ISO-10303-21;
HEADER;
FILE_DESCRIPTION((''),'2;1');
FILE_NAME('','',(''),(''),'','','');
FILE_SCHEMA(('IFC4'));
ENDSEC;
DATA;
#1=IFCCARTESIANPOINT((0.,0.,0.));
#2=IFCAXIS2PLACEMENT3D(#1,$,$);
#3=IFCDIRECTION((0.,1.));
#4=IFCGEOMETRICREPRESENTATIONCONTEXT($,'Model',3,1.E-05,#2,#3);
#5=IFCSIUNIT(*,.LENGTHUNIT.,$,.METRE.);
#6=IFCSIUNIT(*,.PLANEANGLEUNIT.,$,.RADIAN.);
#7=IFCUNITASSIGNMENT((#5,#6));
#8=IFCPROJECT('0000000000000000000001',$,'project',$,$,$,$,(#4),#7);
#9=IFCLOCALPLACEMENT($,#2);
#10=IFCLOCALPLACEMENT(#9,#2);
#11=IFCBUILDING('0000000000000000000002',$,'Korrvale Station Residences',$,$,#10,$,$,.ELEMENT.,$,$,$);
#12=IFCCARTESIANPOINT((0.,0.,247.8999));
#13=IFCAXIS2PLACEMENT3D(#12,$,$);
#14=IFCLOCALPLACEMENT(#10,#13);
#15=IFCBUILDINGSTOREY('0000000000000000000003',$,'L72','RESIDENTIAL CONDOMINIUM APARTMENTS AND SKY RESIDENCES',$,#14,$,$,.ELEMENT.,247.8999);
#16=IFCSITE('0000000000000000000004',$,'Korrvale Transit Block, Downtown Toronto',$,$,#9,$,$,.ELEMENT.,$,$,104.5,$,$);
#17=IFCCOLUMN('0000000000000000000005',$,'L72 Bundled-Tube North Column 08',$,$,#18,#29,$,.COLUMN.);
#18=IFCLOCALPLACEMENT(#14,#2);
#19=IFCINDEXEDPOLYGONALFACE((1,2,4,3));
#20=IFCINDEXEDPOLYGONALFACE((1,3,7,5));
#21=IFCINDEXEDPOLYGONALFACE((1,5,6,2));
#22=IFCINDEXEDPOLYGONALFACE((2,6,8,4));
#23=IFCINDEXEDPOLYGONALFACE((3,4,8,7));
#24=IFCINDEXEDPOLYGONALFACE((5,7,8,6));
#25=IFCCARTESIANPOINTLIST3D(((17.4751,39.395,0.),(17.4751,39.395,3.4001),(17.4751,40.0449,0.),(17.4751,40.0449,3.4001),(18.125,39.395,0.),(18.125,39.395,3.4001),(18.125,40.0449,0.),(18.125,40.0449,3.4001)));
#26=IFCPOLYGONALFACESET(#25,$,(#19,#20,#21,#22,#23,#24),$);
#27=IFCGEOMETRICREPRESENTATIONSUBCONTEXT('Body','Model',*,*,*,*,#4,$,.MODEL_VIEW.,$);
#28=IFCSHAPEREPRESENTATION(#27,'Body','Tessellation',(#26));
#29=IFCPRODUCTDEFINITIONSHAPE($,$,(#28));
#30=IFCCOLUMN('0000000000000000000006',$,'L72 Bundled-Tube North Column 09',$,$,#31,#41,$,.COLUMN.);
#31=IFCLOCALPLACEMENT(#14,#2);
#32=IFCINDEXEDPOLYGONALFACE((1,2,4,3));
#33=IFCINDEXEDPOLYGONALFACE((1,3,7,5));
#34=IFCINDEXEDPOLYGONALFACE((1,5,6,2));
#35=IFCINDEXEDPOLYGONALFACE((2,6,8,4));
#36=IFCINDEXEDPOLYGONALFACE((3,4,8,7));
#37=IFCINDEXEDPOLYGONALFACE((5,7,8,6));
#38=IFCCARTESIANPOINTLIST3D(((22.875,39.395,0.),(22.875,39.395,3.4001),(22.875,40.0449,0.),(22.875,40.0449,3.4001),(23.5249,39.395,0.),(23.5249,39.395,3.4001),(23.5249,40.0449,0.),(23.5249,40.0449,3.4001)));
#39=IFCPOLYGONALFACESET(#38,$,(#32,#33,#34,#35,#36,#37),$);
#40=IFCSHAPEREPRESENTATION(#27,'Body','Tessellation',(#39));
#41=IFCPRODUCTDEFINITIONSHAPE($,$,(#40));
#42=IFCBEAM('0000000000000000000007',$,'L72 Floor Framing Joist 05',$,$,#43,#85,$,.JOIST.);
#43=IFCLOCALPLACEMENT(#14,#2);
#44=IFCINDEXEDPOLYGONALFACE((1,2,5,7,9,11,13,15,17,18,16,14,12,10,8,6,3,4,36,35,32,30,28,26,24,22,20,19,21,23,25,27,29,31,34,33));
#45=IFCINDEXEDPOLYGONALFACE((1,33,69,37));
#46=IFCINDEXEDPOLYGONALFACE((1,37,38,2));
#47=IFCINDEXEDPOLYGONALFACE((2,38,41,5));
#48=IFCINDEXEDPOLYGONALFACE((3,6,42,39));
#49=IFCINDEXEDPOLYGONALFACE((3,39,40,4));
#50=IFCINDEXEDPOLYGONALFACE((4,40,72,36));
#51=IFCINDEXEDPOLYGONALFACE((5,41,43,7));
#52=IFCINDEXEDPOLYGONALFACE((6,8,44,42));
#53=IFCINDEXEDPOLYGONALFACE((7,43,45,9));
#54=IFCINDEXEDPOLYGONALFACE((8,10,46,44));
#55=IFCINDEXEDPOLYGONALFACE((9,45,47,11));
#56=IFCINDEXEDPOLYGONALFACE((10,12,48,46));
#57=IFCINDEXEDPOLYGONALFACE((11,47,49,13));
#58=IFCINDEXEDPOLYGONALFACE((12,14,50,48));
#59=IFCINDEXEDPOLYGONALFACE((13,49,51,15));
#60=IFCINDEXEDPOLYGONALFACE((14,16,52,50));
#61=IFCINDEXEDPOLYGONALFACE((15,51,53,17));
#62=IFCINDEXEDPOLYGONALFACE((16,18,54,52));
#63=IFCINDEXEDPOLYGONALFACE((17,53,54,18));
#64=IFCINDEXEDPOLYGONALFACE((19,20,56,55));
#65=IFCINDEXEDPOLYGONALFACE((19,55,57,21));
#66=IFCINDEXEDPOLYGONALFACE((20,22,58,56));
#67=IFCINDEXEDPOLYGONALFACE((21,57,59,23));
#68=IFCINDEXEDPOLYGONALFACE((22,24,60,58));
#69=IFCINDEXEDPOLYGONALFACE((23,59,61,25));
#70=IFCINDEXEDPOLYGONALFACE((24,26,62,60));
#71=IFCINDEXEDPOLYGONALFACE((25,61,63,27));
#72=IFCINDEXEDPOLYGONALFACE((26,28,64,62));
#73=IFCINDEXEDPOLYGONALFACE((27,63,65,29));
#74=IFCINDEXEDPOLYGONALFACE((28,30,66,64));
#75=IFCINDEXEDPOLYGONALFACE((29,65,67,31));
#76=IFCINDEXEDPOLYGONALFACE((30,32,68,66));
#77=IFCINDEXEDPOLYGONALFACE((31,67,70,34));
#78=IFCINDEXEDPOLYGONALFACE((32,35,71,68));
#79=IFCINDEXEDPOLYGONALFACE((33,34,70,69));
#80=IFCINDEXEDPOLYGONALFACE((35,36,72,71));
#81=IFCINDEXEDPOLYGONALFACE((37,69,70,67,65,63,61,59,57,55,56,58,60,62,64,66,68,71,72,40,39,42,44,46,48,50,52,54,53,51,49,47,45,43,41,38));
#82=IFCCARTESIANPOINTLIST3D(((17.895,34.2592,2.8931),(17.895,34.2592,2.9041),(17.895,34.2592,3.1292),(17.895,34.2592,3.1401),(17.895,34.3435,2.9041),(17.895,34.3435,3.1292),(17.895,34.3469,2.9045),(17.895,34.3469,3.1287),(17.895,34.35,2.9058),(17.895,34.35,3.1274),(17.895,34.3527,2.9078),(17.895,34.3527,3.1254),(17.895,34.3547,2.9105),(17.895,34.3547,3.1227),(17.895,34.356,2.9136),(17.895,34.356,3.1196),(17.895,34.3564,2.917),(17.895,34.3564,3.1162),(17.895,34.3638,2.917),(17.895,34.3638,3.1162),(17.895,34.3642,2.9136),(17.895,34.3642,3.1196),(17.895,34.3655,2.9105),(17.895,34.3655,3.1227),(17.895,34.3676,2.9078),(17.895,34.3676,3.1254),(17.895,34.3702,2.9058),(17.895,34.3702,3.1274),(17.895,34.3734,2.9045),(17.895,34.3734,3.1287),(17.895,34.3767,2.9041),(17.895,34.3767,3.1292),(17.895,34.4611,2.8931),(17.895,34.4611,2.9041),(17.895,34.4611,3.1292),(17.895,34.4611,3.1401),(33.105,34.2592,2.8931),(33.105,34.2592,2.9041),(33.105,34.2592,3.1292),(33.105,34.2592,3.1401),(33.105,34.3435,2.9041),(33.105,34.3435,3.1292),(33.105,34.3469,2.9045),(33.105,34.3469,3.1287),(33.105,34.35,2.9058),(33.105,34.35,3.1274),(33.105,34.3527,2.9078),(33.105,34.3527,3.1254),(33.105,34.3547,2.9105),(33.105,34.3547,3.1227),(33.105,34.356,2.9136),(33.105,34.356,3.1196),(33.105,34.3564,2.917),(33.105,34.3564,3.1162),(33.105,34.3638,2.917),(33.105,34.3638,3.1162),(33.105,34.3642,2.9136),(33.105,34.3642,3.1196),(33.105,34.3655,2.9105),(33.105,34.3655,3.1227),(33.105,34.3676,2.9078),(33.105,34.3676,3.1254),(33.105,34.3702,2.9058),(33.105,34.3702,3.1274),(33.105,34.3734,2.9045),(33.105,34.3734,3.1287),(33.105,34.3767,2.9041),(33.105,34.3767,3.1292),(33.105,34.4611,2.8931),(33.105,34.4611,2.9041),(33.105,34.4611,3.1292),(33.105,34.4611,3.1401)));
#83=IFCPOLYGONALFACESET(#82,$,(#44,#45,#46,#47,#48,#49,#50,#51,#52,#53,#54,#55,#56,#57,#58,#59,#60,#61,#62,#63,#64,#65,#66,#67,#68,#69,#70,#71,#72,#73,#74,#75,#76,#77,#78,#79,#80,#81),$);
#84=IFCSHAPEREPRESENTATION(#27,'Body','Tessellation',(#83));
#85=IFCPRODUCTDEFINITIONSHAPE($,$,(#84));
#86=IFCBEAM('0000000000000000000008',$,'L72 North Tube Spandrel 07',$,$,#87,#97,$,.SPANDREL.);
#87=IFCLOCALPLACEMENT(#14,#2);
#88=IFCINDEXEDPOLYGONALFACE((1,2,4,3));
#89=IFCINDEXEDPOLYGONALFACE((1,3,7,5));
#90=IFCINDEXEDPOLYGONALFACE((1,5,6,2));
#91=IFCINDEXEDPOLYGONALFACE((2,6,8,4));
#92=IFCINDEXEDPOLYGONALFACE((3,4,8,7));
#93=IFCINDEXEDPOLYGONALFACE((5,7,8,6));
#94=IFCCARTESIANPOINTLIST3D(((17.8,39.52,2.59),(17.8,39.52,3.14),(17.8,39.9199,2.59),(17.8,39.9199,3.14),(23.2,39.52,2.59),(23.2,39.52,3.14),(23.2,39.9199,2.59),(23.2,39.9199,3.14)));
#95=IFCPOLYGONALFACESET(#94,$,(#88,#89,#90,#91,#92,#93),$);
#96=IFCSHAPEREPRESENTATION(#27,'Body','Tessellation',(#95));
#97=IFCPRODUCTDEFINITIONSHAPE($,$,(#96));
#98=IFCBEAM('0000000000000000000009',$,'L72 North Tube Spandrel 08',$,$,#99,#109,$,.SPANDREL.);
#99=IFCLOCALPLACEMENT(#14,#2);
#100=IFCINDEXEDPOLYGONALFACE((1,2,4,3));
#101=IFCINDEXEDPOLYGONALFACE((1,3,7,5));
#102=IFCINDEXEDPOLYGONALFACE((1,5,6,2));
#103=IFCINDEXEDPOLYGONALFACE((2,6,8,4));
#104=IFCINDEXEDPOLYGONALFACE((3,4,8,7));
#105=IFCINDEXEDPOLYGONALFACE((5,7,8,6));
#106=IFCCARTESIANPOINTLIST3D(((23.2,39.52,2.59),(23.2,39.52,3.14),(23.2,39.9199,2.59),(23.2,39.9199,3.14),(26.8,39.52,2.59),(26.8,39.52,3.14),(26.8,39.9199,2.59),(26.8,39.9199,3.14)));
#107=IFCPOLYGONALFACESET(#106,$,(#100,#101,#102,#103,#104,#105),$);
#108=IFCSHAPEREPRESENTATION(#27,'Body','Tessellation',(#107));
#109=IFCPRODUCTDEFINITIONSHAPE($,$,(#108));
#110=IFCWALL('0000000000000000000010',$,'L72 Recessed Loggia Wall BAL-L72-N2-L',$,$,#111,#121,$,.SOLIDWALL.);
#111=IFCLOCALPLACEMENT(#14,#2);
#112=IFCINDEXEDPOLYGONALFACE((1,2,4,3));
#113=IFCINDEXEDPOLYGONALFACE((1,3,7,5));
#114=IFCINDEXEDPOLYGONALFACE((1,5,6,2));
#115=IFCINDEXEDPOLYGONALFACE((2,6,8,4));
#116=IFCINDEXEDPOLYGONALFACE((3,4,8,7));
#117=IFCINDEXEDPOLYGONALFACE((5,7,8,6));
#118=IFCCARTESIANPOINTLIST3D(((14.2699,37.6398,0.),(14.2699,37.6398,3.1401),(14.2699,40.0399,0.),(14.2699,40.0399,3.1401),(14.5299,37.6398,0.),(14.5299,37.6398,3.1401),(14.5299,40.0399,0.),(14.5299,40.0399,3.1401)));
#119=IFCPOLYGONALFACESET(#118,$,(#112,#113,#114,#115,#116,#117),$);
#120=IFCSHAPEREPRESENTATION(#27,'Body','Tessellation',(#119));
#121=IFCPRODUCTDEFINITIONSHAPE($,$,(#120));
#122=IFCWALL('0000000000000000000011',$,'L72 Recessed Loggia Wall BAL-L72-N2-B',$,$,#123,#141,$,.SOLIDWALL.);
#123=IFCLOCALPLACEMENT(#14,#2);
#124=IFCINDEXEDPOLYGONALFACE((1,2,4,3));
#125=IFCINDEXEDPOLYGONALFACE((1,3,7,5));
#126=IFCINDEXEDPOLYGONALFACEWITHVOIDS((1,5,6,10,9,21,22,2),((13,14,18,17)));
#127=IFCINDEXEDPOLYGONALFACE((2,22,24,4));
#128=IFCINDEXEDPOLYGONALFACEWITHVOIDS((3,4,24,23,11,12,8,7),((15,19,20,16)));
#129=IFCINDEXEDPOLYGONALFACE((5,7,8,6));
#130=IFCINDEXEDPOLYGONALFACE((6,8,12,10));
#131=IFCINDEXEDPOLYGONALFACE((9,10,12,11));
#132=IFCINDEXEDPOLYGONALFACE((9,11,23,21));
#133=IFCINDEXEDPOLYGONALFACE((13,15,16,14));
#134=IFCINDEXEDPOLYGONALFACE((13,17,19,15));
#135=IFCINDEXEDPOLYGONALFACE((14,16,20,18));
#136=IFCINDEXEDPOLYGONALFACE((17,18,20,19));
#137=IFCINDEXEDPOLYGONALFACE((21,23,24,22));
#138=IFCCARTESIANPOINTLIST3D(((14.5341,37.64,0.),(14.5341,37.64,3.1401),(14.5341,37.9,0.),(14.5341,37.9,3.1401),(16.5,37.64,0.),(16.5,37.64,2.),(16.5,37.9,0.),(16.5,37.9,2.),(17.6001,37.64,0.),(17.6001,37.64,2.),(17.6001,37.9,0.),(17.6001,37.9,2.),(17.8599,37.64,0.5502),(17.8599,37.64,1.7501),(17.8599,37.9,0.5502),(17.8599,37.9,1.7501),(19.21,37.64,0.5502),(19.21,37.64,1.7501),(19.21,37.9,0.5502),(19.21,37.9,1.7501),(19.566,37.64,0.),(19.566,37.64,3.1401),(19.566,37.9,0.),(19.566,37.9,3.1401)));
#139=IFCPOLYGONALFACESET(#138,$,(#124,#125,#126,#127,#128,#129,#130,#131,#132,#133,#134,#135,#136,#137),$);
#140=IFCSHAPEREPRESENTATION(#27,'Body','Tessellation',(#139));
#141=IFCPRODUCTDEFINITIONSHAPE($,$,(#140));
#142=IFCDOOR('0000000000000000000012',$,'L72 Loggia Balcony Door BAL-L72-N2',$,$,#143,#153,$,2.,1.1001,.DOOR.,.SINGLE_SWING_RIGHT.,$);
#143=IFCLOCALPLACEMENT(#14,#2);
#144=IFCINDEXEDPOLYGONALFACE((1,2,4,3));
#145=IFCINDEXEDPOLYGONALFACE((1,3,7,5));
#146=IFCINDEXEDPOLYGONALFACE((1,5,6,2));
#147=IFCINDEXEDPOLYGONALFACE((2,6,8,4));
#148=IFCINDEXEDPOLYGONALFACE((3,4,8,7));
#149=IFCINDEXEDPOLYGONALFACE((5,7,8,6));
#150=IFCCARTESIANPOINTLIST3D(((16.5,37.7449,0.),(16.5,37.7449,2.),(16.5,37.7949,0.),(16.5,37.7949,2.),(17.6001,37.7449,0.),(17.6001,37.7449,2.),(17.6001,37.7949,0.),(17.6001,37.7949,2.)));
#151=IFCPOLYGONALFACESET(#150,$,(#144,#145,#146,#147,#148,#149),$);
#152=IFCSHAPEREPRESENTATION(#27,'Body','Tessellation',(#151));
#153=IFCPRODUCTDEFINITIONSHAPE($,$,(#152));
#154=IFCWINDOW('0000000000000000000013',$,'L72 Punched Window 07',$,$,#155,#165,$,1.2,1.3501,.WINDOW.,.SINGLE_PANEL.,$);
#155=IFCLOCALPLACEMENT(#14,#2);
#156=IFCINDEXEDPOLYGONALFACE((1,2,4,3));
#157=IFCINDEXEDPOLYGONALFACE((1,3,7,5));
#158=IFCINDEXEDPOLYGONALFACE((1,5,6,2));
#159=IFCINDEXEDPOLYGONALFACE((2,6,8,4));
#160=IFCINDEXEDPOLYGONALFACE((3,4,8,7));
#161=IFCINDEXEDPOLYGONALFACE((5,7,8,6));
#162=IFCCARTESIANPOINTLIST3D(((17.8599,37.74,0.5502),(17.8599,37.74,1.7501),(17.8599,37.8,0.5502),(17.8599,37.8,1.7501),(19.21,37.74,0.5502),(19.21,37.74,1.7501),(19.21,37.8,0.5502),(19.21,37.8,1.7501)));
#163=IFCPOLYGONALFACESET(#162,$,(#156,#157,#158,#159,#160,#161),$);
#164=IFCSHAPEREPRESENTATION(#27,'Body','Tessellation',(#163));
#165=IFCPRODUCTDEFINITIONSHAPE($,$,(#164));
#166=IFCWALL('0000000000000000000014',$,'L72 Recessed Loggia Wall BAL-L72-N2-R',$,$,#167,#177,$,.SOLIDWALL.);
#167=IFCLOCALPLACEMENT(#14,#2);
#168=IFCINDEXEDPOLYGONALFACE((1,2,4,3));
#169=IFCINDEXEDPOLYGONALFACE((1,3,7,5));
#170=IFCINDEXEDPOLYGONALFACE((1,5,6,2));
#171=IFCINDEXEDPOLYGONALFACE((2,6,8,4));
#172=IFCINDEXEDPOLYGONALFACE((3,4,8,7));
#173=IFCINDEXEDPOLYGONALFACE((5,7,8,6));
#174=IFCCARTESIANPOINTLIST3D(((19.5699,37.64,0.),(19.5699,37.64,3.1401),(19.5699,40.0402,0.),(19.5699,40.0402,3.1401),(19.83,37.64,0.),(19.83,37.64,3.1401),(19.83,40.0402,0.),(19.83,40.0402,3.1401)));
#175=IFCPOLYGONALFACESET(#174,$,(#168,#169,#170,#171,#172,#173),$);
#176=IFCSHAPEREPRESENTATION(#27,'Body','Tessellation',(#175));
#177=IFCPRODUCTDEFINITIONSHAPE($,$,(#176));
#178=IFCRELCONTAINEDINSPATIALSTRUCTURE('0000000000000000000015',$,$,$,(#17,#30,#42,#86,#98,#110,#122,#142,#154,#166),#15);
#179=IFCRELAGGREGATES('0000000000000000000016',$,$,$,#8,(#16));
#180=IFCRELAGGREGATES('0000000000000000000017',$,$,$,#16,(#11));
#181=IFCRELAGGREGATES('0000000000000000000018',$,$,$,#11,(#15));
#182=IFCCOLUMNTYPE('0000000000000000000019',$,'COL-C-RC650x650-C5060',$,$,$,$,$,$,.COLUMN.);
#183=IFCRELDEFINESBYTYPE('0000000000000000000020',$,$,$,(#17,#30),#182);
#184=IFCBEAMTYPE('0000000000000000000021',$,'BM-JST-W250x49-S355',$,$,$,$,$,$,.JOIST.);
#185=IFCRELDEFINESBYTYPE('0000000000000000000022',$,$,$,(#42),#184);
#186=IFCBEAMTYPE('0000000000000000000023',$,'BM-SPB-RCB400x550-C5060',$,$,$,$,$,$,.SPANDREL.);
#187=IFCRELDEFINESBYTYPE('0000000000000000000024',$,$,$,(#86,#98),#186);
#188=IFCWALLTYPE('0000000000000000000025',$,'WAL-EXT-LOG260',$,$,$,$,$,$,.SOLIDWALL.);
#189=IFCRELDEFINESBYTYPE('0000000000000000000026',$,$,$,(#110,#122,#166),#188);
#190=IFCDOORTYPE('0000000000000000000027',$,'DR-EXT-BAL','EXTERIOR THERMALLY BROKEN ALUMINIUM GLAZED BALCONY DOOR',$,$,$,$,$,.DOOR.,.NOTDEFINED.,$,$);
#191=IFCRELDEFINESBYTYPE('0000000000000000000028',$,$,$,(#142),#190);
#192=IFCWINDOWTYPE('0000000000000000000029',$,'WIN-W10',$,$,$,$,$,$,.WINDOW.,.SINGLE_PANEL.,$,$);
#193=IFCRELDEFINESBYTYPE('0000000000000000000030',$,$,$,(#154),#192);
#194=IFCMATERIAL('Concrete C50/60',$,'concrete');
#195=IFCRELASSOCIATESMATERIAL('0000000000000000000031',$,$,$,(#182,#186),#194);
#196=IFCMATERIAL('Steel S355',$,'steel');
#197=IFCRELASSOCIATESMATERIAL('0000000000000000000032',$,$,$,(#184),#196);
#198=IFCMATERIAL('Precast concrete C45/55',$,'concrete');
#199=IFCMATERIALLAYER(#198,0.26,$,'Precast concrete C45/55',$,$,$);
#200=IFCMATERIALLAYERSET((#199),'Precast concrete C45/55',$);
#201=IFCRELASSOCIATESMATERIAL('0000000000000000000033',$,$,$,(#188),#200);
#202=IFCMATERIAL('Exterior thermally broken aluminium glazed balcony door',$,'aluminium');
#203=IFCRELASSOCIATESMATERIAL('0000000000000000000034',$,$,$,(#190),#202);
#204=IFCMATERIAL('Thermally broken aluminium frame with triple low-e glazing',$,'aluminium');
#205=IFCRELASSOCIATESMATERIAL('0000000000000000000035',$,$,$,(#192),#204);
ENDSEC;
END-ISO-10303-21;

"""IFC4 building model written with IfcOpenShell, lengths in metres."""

from ifc_helpers import new_model, si_unit, direction, frame, frame_2d, origin, origin_2d, place, context, subcontext, project, spatial, rectangle, i_section, extrude, material, layer, layer_set, material_profile, profile_set, type_object, element, fill, save


model = new_model("IFC4")

# Units and contexts
model_context = context("Model", 3, precision=1e-05, world=origin(), true_north=direction((0.0, 1.0)))
body_context = subcontext(model_context, "Body", "Model", "MODEL_VIEW")
ifc_project = project(units=[si_unit("LENGTHUNIT", "METRE"), si_unit("PLANEANGLEUNIT", "RADIAN")], contexts=[model_context])

# Site, building, storey
site_placement = place(None, origin())
site = spatial("IfcSite", under=ifc_project, at=site_placement, Name="Korrvale Transit Block, Downtown Toronto", CompositionType="ELEMENT", RefElevation=104.5)
building_placement = place(site_placement, origin())
building = spatial("IfcBuilding", under=site, at=building_placement, Name="Korrvale Station Residences", CompositionType="ELEMENT")
storey_placement = place(building_placement, frame((0.0, 0.0, 247.8999)))
storey = spatial("IfcBuildingStorey", under=building, at=storey_placement, Name="L72", Description="RESIDENTIAL CONDOMINIUM APARTMENTS AND SKY RESIDENCES", CompositionType="ELEMENT", Elevation=247.8999)

# Columns
ifc_material_1 = material(Name="Concrete C50/60", Category="concrete")
ifc_material_profile_1 = material_profile(ifc_material_1, rectangle(XDim=0.6499, YDim=0.6499, at=origin_2d()), Name="RC650x650")
ifc_profile_set_1 = profile_set([ifc_material_profile_1], Name="Concrete C50/60")
column_type = type_object("IfcColumnType", Name="COL-C-RC650x650-C5060", PredefinedType="COLUMN", material=ifc_profile_set_1)
for number, where, z_axis, x_axis, name in (
    (1, (17.8, 39.72, 0.0), (0.0, 0.0, 1.0), (1.0, 0.0, 0.0), "L72 Bundled-Tube North Column 08"),
    (2, (23.2, 39.72, 0.0), (0.0, 0.0, 1.0), (1.0, 0.0, 0.0), "L72 Bundled-Tube North Column 09"),
):
    element("IfcColumn", number, at=place(storey_placement, frame(where, z_axis=z_axis, x_axis=x_axis)), inside=storey, type_object=column_type, Name=name, PredefinedType="COLUMN", context=body_context, shape_type="SweptSolid", body=[
        extrude(rectangle(XDim=0.6499, YDim=0.6499, at=origin_2d()), origin(), (0.0, 0.0, 1.0), 3.4001),
    ])

# Beams
ifc_material_2 = material(Name="Steel S355", Category="steel")
ifc_material_profile_2 = material_profile(ifc_material_2, i_section(OverallWidth=0.2019, OverallDepth=0.2471, WebThickness=0.0073, FlangeThickness=0.011, FilletRadius=0.0129, at=origin_2d()), Name="W250x49")
ifc_profile_set_2 = profile_set([ifc_material_profile_2], Name="Steel S355")
beam_type_1 = type_object("IfcBeamType", Name="BM-JST-W250x49-S355", PredefinedType="JOIST", material=ifc_profile_set_2)
beam_1_placement = place(storey_placement, frame((17.895, 34.3601, 3.0166), z_axis=(1.0, 0.0, 0.0), x_axis=(0.0, 1.0, 0.0)))
element("IfcBeam", 3, at=beam_1_placement, inside=storey, type_object=beam_type_1, Name="L72 Floor Framing Joist 05", PredefinedType="JOIST", context=body_context, shape_type="SweptSolid", body=[
    extrude(i_section(OverallWidth=0.2019, OverallDepth=0.2471, WebThickness=0.0073, FlangeThickness=0.011, FilletRadius=0.0129, at=origin_2d()), origin(), (0.0, 0.0, 1.0), 15.21),
])
ifc_material_profile_3 = material_profile(ifc_material_1, rectangle(XDim=0.3999, YDim=0.55, at=origin_2d()), Name="RCB400x550")
ifc_profile_set_3 = profile_set([ifc_material_profile_3], Name="Concrete C50/60")
beam_type_2 = type_object("IfcBeamType", Name="BM-SPB-RCB400x550-C5060", PredefinedType="SPANDREL", material=ifc_profile_set_3)
beam_2_placement = place(storey_placement, frame((17.8, 39.72, 2.865), z_axis=(1.0, 0.0, 0.0), x_axis=(0.0, 1.0, 0.0)))
element("IfcBeam", 4, at=beam_2_placement, inside=storey, type_object=beam_type_2, Name="L72 North Tube Spandrel 07", PredefinedType="SPANDREL", context=body_context, shape_type="SweptSolid", body=[
    extrude(rectangle(XDim=0.3999, YDim=0.55, at=origin_2d()), origin(), (0.0, 0.0, 1.0), 5.3999),
])
beam_3_placement = place(storey_placement, frame((23.2, 39.72, 2.865), z_axis=(1.0, 0.0, 0.0), x_axis=(0.0, 1.0, 0.0)))
element("IfcBeam", 5, at=beam_3_placement, inside=storey, type_object=beam_type_2, Name="L72 North Tube Spandrel 08", PredefinedType="SPANDREL", context=body_context, shape_type="SweptSolid", body=[
    extrude(rectangle(XDim=0.3999, YDim=0.55, at=origin_2d()), origin(), (0.0, 0.0, 1.0), 3.6001),
])

# Wall
ifc_material_3 = material(Name="Precast concrete C45/55", Category="concrete")
ifc_layer_1 = layer(ifc_material_3, 0.26, Name="Precast concrete C45/55")
ifc_layer_set_1 = layer_set([ifc_layer_1], Name="Precast concrete C45/55")
wall_type_1 = type_object("IfcWallType", Name="WAL-EXT-LOG260", PredefinedType="SOLIDWALL", material=ifc_layer_set_1)
wall_1_placement = place(storey_placement, frame((14.3999, 40.04, 0.0), z_axis=(0.0, 0.0, 1.0), x_axis=(0.0, -1.0, 0.0)))
element("IfcWall", 6, at=wall_1_placement, inside=storey, type_object=wall_type_1, Name="L72 Recessed Loggia Wall BAL-L72-N2-L", PredefinedType="SOLIDWALL", context=body_context, shape_type="SweptSolid", body=[
    extrude(rectangle(XDim=2.4001, YDim=0.26, at=frame_2d((1.2002, 0.0))), origin(), (0.0, 0.0, 1.0), 3.1401),
])

# Wall, openings, door, window
wall_2_placement = place(storey_placement, frame((14.5339, 37.77, 0.0), z_axis=(0.0, 0.0, 1.0), x_axis=(1.0, 0.0, 0.0)))
wall_2 = element("IfcWall", 7, at=wall_2_placement, inside=storey, type_object=wall_type_1, Name="L72 Recessed Loggia Wall BAL-L72-N2-B", PredefinedType="SOLIDWALL", context=body_context, shape_type="SweptSolid", body=[
    extrude(rectangle(XDim=5.032, YDim=0.26, at=frame_2d((2.5161, 0.0))), origin(), (0.0, 0.0, 1.0), 3.1401),
])
opening_1_placement = place(wall_2_placement, frame((1.9661, 0.0, 0.0)))
opening_1 = element("IfcOpeningElement", 8, at=opening_1_placement, cuts=wall_2, PredefinedType="OPENING", context=body_context, shape_type="SweptSolid", body=[
    extrude(rectangle(XDim=1.1001, YDim=2.0, at=frame_2d((0.55, 1.0))), frame((0.0, 0.1401, 0.0), z_axis=(0.0, -1.0, 0.0), x_axis=(1.0, 0.0, 0.0)), (0.0, 0.0, 1.0), 0.28),
])
opening_2_placement = place(wall_2_placement, frame((3.3259, 0.0, 0.55)))
opening_2 = element("IfcOpeningElement", 9, at=opening_2_placement, cuts=wall_2, PredefinedType="OPENING", context=body_context, shape_type="SweptSolid", body=[
    extrude(rectangle(XDim=1.3501, YDim=1.2, at=frame_2d((0.675, 0.6001))), frame((0.0, 0.1401, 0.0), z_axis=(0.0, -1.0, 0.0), x_axis=(1.0, 0.0, 0.0)), (0.0, 0.0, 1.0), 0.28),
])
ifc_material_4 = material(Name="Exterior thermally broken aluminium glazed balcony door", Category="aluminium")
door_type = type_object("IfcDoorType", Name="DR-EXT-BAL", Description="EXTERIOR THERMALLY BROKEN ALUMINIUM GLAZED BALCONY DOOR", OperationType="NOTDEFINED", PredefinedType="DOOR", material=ifc_material_4)
door_placement = place(opening_1_placement, origin())
door = element("IfcDoor", 10, at=door_placement, inside=storey, type_object=door_type, Name="L72 Loggia Balcony Door BAL-L72-N2", OperationType="SINGLE_SWING_RIGHT", OverallHeight=2.0, OverallWidth=1.1001, PredefinedType="DOOR", context=body_context, shape_type="SweptSolid", body=[
    extrude(rectangle(XDim=1.1001, YDim=2.0, at=frame_2d((0.55, 1.0))), frame((0.0, 0.0249, 0.0), z_axis=(0.0, -1.0, 0.0), x_axis=(1.0, 0.0, 0.0)), (0.0, 0.0, 1.0), 0.05),
])
fill(opening_1, door)
ifc_material_5 = material(Name="Thermally broken aluminium frame with triple low-e glazing", Category="aluminium")
window_type = type_object("IfcWindowType", Name="WIN-W10", PartitioningType="SINGLE_PANEL", PredefinedType="WINDOW", material=ifc_material_5)
window_1_placement = place(opening_2_placement, origin())
window_1 = element("IfcWindow", 11, at=window_1_placement, inside=storey, type_object=window_type, Name="L72 Punched Window 07", OverallHeight=1.2, OverallWidth=1.3501, PartitioningType="SINGLE_PANEL", PredefinedType="WINDOW", context=body_context, shape_type="SweptSolid", body=[
    extrude(rectangle(XDim=1.3501, YDim=1.2, at=frame_2d((0.675, 0.6001))), frame((0.0, 0.03, 0.0), z_axis=(0.0, -1.0, 0.0), x_axis=(1.0, 0.0, 0.0)), (0.0, 0.0, 1.0), 0.0601),
])
fill(opening_2, window_1)

# Wall
wall_3_placement = place(storey_placement, frame((19.7, 37.6399, 0.0), z_axis=(0.0, 0.0, 1.0), x_axis=(0.0, 1.0, 0.0)))
element("IfcWall", 12, at=wall_3_placement, inside=storey, type_object=wall_type_1, Name="L72 Recessed Loggia Wall BAL-L72-N2-R", PredefinedType="SOLIDWALL", context=body_context, shape_type="SweptSolid", body=[
    extrude(rectangle(XDim=2.4001, YDim=0.26, at=frame_2d((1.2002, 0.0))), origin(), (0.0, 0.0, 1.0), 3.1401),
])

save(model, "model.ifc")
